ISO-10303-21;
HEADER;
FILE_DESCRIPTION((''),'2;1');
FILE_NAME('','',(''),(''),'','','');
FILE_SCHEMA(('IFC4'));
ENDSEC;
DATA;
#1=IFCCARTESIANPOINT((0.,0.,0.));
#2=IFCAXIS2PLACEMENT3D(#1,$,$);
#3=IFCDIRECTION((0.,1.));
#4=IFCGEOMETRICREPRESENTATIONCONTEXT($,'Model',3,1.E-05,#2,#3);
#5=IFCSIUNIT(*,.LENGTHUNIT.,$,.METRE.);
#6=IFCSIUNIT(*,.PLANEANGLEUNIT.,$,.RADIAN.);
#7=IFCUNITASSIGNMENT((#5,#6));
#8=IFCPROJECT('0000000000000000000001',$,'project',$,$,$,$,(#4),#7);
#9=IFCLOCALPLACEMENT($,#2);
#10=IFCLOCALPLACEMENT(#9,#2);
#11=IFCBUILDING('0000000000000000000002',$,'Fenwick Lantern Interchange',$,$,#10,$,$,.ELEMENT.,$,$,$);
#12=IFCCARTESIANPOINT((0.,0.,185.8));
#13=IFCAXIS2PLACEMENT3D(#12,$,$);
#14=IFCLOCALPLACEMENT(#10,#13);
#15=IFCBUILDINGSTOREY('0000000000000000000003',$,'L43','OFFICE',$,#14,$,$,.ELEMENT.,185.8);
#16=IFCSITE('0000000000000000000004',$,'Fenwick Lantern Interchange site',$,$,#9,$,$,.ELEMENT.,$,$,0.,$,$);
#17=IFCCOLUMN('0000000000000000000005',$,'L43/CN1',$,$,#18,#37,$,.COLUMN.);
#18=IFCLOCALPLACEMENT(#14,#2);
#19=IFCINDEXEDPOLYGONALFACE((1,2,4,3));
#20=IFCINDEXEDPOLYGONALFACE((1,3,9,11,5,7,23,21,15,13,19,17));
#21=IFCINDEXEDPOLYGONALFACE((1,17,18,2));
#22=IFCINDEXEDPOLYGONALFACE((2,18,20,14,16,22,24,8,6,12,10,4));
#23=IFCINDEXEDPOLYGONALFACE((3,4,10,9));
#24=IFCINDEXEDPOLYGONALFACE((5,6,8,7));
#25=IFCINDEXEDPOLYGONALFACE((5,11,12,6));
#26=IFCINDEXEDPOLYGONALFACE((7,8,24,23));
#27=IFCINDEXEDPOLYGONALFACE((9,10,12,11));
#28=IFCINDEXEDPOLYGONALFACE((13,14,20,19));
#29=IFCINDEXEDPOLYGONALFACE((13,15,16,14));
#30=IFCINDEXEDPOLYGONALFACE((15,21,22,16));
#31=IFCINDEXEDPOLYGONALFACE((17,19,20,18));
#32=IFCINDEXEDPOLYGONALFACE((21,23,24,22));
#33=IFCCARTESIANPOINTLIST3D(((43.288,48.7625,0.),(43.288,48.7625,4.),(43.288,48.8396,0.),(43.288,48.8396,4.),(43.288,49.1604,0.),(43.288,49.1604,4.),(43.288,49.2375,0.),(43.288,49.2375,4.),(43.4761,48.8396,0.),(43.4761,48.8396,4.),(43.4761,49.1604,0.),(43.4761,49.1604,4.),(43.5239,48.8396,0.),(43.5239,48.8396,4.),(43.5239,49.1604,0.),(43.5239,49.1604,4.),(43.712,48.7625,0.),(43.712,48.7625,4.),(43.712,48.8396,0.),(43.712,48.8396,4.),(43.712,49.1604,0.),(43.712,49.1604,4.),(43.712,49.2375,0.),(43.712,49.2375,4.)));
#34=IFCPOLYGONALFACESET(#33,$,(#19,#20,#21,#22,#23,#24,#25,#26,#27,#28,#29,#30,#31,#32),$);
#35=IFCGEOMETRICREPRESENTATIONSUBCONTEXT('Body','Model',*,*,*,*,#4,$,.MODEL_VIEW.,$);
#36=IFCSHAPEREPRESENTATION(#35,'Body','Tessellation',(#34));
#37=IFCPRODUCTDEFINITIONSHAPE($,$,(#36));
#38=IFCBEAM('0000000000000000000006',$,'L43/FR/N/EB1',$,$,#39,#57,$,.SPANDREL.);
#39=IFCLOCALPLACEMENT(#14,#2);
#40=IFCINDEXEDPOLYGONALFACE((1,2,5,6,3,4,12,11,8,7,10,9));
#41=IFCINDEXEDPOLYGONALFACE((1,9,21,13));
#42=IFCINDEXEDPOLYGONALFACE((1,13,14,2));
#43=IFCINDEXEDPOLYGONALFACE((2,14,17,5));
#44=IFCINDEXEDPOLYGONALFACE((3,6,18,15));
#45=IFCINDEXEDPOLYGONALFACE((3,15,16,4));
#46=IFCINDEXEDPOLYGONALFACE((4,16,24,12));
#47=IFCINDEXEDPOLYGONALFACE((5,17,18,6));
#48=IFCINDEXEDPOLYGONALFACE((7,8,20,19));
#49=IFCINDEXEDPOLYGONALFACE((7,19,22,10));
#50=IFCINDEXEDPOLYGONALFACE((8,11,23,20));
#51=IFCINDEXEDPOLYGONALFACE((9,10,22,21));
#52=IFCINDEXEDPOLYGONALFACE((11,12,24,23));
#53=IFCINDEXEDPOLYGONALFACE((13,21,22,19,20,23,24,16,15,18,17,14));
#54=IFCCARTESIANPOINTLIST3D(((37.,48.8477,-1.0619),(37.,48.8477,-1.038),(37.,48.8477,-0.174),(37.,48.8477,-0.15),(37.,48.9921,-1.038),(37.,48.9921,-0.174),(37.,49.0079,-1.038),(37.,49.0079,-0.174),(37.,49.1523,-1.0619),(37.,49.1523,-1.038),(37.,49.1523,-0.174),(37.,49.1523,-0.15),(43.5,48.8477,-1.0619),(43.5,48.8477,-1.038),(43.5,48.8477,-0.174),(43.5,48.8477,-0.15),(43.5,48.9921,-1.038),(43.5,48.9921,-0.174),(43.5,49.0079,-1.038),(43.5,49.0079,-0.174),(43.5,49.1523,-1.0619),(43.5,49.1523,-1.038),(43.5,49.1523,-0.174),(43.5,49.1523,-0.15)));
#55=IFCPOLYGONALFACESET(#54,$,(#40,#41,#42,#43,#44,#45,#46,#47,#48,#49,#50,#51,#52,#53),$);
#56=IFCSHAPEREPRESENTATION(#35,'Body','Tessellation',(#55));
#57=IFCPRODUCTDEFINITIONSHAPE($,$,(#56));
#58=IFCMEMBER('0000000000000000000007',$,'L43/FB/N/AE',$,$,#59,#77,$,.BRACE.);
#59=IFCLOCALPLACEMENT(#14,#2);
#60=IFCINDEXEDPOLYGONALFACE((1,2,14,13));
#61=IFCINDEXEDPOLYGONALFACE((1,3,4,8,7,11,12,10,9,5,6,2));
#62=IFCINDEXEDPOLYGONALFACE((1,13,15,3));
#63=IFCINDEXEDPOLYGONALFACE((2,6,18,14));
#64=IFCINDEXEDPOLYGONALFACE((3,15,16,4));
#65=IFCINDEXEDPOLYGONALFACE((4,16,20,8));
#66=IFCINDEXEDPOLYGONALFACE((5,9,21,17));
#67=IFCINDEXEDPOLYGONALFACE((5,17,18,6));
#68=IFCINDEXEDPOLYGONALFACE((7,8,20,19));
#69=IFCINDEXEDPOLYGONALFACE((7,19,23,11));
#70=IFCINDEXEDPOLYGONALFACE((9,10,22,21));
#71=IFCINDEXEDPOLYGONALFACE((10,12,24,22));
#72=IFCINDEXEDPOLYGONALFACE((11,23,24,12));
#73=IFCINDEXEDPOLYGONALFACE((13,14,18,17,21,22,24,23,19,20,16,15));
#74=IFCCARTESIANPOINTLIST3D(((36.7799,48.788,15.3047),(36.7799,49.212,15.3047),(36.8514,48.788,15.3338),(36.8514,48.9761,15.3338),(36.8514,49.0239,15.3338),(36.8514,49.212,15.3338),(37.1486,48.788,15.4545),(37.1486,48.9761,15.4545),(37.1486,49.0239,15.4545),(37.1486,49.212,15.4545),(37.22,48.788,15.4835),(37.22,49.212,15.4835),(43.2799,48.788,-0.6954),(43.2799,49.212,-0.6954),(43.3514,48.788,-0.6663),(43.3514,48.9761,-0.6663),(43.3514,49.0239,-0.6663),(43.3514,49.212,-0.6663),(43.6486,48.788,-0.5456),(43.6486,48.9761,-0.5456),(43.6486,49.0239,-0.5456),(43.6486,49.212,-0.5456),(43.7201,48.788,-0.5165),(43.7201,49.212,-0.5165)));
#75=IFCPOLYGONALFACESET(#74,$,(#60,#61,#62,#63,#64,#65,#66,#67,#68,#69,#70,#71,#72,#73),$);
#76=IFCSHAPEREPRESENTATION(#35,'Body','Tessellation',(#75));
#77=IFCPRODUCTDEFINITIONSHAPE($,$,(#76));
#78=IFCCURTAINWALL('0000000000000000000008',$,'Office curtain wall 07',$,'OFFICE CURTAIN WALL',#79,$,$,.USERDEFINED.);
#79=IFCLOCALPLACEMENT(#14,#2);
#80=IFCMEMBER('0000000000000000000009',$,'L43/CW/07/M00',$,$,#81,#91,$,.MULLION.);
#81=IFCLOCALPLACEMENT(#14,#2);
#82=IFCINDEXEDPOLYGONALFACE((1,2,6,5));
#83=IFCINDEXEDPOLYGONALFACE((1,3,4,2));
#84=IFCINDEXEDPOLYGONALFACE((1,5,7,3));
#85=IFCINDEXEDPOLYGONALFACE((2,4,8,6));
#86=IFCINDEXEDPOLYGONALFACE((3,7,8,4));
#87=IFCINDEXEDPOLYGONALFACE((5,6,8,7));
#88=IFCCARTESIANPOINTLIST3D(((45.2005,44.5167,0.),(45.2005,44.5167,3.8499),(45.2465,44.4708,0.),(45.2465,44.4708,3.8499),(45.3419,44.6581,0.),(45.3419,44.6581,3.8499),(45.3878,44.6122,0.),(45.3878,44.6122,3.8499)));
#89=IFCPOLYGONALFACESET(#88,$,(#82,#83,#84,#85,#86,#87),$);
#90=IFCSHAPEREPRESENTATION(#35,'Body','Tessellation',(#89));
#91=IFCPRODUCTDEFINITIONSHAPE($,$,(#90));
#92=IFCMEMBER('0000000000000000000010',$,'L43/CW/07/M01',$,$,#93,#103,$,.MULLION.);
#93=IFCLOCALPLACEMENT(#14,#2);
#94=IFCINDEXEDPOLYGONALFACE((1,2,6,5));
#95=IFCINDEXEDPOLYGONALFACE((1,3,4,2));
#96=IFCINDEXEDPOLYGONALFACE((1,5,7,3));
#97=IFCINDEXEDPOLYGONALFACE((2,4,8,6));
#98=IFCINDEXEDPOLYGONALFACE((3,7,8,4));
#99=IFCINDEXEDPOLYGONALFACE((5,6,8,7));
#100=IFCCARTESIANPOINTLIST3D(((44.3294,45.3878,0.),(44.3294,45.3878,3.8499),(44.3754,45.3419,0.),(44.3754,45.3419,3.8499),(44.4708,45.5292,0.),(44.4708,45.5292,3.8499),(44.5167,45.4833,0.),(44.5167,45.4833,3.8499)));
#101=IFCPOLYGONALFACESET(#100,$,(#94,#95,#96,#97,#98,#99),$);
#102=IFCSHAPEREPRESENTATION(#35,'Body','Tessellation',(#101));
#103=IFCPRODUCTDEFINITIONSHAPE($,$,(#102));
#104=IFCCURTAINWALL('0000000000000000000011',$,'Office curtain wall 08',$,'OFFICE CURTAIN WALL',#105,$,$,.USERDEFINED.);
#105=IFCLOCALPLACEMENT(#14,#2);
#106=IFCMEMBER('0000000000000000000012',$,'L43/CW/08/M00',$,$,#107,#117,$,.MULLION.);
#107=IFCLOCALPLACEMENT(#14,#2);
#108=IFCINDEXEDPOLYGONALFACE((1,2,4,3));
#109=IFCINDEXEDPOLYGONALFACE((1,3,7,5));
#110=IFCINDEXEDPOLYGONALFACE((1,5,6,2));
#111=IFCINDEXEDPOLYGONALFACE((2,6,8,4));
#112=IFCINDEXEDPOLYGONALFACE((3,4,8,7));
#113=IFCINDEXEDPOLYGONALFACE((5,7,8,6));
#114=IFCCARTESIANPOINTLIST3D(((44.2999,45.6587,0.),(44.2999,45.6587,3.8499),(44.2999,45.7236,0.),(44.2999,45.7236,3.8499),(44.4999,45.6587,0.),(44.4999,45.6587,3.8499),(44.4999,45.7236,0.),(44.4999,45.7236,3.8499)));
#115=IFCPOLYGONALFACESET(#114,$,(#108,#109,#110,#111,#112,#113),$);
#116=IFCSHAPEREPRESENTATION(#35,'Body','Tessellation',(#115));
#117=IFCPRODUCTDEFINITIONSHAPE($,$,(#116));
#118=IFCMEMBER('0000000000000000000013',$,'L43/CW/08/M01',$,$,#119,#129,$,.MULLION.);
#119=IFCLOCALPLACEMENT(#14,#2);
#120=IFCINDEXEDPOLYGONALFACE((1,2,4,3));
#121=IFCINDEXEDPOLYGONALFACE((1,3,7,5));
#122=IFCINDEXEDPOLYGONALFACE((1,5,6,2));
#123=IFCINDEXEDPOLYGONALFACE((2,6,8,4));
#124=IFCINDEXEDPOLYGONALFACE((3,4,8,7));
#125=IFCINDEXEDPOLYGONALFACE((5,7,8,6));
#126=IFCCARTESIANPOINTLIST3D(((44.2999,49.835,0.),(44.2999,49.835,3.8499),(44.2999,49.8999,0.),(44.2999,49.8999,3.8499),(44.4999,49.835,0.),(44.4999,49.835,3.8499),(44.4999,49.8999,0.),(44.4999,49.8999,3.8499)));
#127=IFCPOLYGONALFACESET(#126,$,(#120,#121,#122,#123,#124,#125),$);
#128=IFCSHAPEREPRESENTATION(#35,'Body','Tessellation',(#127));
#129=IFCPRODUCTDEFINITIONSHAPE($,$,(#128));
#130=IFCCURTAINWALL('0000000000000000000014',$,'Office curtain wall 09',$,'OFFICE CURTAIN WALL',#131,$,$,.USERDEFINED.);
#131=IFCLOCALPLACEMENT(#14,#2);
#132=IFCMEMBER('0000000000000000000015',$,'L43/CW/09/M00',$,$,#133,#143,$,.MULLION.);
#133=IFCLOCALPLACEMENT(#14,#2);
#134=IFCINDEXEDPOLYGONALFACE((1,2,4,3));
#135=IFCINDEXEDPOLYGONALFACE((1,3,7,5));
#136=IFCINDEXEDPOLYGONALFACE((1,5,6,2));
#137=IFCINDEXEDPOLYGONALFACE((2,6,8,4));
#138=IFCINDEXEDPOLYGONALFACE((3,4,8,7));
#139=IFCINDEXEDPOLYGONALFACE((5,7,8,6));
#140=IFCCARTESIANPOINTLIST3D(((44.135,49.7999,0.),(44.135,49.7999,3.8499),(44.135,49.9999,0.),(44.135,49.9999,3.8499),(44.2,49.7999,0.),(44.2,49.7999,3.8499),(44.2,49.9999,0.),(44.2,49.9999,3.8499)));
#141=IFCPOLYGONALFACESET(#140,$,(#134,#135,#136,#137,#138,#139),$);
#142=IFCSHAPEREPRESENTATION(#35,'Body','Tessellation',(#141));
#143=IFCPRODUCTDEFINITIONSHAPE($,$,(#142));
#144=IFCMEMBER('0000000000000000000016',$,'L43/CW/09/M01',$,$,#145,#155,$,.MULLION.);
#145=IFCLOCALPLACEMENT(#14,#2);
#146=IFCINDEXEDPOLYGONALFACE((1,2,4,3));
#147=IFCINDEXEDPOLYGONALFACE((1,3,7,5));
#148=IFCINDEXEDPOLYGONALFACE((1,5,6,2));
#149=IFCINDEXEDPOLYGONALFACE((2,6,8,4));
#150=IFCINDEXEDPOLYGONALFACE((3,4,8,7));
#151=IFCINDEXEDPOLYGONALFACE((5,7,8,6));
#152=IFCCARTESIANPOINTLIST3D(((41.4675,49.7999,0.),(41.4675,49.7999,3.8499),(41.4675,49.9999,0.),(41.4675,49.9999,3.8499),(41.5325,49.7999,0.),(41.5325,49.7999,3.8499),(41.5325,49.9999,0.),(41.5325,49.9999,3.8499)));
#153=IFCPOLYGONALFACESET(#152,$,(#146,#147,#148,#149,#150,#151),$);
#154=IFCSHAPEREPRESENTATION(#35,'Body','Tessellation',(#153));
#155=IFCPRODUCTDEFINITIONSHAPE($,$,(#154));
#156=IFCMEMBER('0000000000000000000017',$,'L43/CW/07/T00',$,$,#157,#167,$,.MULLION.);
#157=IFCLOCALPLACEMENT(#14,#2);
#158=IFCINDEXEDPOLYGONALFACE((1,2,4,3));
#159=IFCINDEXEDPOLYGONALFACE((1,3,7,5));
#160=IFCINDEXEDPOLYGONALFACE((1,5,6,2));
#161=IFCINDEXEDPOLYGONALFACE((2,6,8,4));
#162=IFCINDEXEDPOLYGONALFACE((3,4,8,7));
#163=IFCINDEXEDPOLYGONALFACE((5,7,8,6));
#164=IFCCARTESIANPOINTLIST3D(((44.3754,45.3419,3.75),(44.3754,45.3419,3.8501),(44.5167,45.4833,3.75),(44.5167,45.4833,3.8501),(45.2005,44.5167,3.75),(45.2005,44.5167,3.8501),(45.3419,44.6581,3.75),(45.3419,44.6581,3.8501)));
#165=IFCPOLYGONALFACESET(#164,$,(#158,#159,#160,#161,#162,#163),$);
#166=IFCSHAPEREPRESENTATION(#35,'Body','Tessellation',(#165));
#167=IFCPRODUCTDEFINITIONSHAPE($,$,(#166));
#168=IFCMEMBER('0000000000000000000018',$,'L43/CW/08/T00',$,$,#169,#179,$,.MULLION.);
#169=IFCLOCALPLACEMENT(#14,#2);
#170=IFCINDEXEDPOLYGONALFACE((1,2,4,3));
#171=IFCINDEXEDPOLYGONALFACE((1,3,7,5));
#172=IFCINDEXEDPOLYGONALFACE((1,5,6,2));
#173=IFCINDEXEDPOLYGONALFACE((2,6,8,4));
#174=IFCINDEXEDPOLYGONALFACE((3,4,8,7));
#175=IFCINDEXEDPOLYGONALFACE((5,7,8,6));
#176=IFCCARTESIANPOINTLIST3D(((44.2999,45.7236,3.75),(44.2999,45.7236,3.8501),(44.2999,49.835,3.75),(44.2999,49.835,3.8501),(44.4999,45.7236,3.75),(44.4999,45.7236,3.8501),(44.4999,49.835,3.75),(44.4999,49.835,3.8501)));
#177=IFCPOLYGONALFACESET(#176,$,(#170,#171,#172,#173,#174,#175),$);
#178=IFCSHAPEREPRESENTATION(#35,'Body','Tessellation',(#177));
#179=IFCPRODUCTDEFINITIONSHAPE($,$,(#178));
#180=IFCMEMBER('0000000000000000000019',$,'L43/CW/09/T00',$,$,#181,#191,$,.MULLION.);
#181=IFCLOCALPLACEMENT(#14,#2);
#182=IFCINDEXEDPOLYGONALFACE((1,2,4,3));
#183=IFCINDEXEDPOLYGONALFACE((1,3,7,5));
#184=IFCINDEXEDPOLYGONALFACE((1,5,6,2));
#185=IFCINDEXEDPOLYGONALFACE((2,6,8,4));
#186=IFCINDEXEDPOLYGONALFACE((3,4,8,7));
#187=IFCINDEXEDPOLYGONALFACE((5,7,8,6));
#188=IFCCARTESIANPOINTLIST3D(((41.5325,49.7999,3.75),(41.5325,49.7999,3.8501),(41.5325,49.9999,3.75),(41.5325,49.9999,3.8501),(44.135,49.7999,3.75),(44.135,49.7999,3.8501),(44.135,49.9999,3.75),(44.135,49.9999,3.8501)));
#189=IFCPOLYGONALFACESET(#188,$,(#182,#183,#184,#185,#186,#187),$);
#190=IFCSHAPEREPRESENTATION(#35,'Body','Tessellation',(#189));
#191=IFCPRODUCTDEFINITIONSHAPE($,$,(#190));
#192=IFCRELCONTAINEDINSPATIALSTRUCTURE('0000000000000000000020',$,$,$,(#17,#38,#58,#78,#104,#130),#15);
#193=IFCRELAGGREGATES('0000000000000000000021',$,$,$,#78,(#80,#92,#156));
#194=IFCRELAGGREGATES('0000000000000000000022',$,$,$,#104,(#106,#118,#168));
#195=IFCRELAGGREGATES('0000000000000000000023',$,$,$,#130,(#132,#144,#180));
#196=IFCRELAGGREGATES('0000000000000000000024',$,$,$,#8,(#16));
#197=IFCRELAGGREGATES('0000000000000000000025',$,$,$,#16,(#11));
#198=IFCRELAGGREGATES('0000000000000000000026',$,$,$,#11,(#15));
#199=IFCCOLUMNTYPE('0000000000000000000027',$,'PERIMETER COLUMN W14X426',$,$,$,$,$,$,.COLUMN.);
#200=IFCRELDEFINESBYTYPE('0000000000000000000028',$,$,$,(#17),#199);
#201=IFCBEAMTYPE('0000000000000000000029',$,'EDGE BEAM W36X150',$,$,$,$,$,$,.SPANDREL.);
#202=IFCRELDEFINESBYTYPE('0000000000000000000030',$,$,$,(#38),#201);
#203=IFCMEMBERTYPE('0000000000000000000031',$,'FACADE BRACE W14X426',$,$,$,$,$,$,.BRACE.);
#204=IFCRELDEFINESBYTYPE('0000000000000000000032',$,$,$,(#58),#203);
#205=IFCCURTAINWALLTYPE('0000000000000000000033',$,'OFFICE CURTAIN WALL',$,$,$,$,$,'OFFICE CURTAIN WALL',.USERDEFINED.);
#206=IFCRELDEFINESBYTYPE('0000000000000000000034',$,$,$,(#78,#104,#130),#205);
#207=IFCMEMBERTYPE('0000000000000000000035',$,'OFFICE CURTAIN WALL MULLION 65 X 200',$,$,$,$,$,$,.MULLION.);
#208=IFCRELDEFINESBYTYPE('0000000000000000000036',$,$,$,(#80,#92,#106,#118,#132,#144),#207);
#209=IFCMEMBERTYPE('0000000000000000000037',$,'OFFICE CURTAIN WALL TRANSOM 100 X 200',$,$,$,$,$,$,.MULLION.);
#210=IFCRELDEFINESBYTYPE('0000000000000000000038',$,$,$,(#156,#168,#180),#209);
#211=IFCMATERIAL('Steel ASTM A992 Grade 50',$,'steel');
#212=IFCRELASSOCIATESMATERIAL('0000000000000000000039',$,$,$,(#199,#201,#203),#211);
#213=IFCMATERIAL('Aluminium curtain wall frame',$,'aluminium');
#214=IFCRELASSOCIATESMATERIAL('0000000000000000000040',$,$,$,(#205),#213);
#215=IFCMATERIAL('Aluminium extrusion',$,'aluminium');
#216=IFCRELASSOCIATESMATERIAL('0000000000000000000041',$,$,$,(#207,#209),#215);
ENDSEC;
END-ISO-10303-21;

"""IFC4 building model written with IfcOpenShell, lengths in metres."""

from ifc_helpers import new_model, si_unit, direction, frame, origin, origin_2d, place, context, subcontext, project, spatial, rectangle, i_section, extrude, material, material_profile, profile_set, type_object, element, aggregate, save


model = new_model("IFC4")

# Units and contexts
model_context = context("Model", 3, precision=1e-05, world=origin(), true_north=direction((0.0, 1.0)))
body_context = subcontext(model_context, "Body", "Model", "MODEL_VIEW")
ifc_project = project(units=[si_unit("LENGTHUNIT", "METRE"), si_unit("PLANEANGLEUNIT", "RADIAN")], contexts=[model_context])

# Site, building, storey
site_placement = place(None, origin())
site = spatial("IfcSite", under=ifc_project, at=site_placement, Name="Fenwick Lantern Interchange site", CompositionType="ELEMENT", RefElevation=0.0)
building_placement = place(site_placement, origin())
building = spatial("IfcBuilding", under=site, at=building_placement, Name="Fenwick Lantern Interchange", CompositionType="ELEMENT")
storey_placement = place(building_placement, frame((0.0, 0.0, 185.8)))
storey = spatial("IfcBuildingStorey", under=building, at=storey_placement, Name="L43", Description="OFFICE", CompositionType="ELEMENT", Elevation=185.8)

# Column
ifc_material_1 = material(Name="Steel ASTM A992 Grade 50", Category="steel")
ifc_material_profile_1 = material_profile(ifc_material_1, i_section(OverallWidth=0.4241, OverallDepth=0.4751, WebThickness=0.0479, FlangeThickness=0.0771, at=origin_2d()), Name="W14X426")
ifc_profile_set_1 = profile_set([ifc_material_profile_1], Name="Steel ASTM A992 Grade 50")
column_type = type_object("IfcColumnType", Name="PERIMETER COLUMN W14X426", PredefinedType="COLUMN", material=ifc_profile_set_1)
column_placement = place(storey_placement, frame((43.5, 49.0, 0.0), z_axis=(0.0, 0.0, 1.0), x_axis=(1.0, 0.0, 0.0)))
element("IfcColumn", 1, at=column_placement, inside=storey, type_object=column_type, Name="L43/CN1", PredefinedType="COLUMN", context=body_context, shape_type="SweptSolid", body=[
    extrude(i_section(OverallWidth=0.4241, OverallDepth=0.4751, WebThickness=0.0479, FlangeThickness=0.0771, at=origin_2d()), origin(), (0.0, 0.0, 1.0), 4.0),
])

# Beam
ifc_material_profile_2 = material_profile(ifc_material_1, i_section(OverallWidth=0.3047, OverallDepth=0.9119, WebThickness=0.0159, FlangeThickness=0.0239, at=origin_2d()), Name="W36X150")
ifc_profile_set_2 = profile_set([ifc_material_profile_2], Name="Steel ASTM A992 Grade 50")
beam_type = type_object("IfcBeamType", Name="EDGE BEAM W36X150", PredefinedType="SPANDREL", material=ifc_profile_set_2)
beam_placement = place(storey_placement, frame((43.5, 49.0, -0.606), z_axis=(-1.0, 0.0, 0.0), x_axis=(0.0, -1.0, 0.0)))
element("IfcBeam", 2, at=beam_placement, inside=storey, type_object=beam_type, Name="L43/FR/N/EB1", PredefinedType="SPANDREL", context=body_context, shape_type="SweptSolid", body=[
    extrude(i_section(OverallWidth=0.3047, OverallDepth=0.9119, WebThickness=0.0159, FlangeThickness=0.0239, at=origin_2d()), origin(), (0.0, 0.0, 1.0), 6.5),
])

# Member
ifc_material_profile_3 = material_profile(ifc_material_1, i_section(OverallWidth=0.4241, OverallDepth=0.4751, WebThickness=0.0479, FlangeThickness=0.0771, at=origin_2d()), Name="W14X426")
ifc_profile_set_3 = profile_set([ifc_material_profile_3], Name="Steel ASTM A992 Grade 50")
member_type_1 = type_object("IfcMemberType", Name="FACADE BRACE W14X426", PredefinedType="BRACE", material=ifc_profile_set_3)
member_1_placement = place(storey_placement, frame((43.5, 49.0, -0.606), z_axis=(-0.376377, 0.0, 0.926467), x_axis=(0.0, -1.0, 0.0)))
element("IfcMember", 3, at=member_1_placement, inside=storey, type_object=member_type_1, Name="L43/FB/N/AE", PredefinedType="BRACE", context=body_context, shape_type="SweptSolid", body=[
    extrude(i_section(OverallWidth=0.4241, OverallDepth=0.4751, WebThickness=0.0479, FlangeThickness=0.0771, at=origin_2d()), origin(), (0.0, 0.0, 1.0), 17.27),
])

# Curtain walls, members
ifc_material_2 = material(Name="Aluminium curtain wall frame", Category="aluminium")
curtain_wall_type = type_object("IfcCurtainWallType", Name="OFFICE CURTAIN WALL", ElementType="OFFICE CURTAIN WALL", PredefinedType="USERDEFINED", material=ifc_material_2)
curtain_wall_1_placement = place(storey_placement, origin())
curtain_wall_1 = element("IfcCurtainWall", 4, at=curtain_wall_1_placement, inside=storey, type_object=curtain_wall_type, Name="Office curtain wall 07", ObjectType="OFFICE CURTAIN WALL", PredefinedType="USERDEFINED")
ifc_material_3 = material(Name="Aluminium extrusion", Category="aluminium")
ifc_material_profile_4 = material_profile(ifc_material_3, rectangle(XDim=0.2, YDim=0.0649, at=origin_2d()), Name="OFFICE CURTAIN WALL MULLION 65 X 200")
ifc_profile_set_4 = profile_set([ifc_material_profile_4], Name="Aluminium extrusion")
member_type_2 = type_object("IfcMemberType", Name="OFFICE CURTAIN WALL MULLION 65 X 200", PredefinedType="MULLION", material=ifc_profile_set_4)
member_2_placement = place(storey_placement, frame((45.2942, 44.5645, 0.0), z_axis=(0.0, 0.0, 1.0), x_axis=(-0.707107, -0.707107, 0.0)))
member_2 = element("IfcMember", 5, at=member_2_placement, type_object=member_type_2, Name="L43/CW/07/M00", PredefinedType="MULLION", context=body_context, shape_type="SweptSolid", body=[
    extrude(rectangle(XDim=0.2, YDim=0.0649, at=origin_2d()), origin(), (0.0, 0.0, 1.0), 3.8499),
])
member_3_placement = place(storey_placement, frame((44.4231, 45.4355, 0.0), z_axis=(0.0, 0.0, 1.0), x_axis=(-0.707107, -0.707107, 0.0)))
member_3 = element("IfcMember", 6, at=member_3_placement, type_object=member_type_2, Name="L43/CW/07/M01", PredefinedType="MULLION", context=body_context, shape_type="SweptSolid", body=[
    extrude(rectangle(XDim=0.2, YDim=0.0649, at=origin_2d()), origin(), (0.0, 0.0, 1.0), 3.8499),
])
curtain_wall_2_placement = place(storey_placement, origin())
curtain_wall_2 = element("IfcCurtainWall", 7, at=curtain_wall_2_placement, inside=storey, type_object=curtain_wall_type, Name="Office curtain wall 08", ObjectType="OFFICE CURTAIN WALL", PredefinedType="USERDEFINED")
member_4_placement = place(storey_placement, frame((44.3999, 45.6912, 0.0), z_axis=(0.0, 0.0, 1.0), x_axis=(-1.0, 0.0, 0.0)))
member_4 = element("IfcMember", 8, at=member_4_placement, type_object=member_type_2, Name="L43/CW/08/M00", PredefinedType="MULLION", context=body_context, shape_type="SweptSolid", body=[
    extrude(rectangle(XDim=0.2, YDim=0.0649, at=origin_2d()), origin(), (0.0, 0.0, 1.0), 3.8499),
])
member_5_placement = place(storey_placement, frame((44.3999, 49.8674, 0.0), z_axis=(0.0, 0.0, 1.0), x_axis=(-1.0, 0.0, 0.0)))
member_5 = element("IfcMember", 9, at=member_5_placement, type_object=member_type_2, Name="L43/CW/08/M01", PredefinedType="MULLION", context=body_context, shape_type="SweptSolid", body=[
    extrude(rectangle(XDim=0.2, YDim=0.0649, at=origin_2d()), origin(), (0.0, 0.0, 1.0), 3.8499),
])
curtain_wall_3_placement = place(storey_placement, origin())
curtain_wall_3 = element("IfcCurtainWall", 10, at=curtain_wall_3_placement, inside=storey, type_object=curtain_wall_type, Name="Office curtain wall 09", ObjectType="OFFICE CURTAIN WALL", PredefinedType="USERDEFINED")
member_6_placement = place(storey_placement, frame((44.1675, 49.8999, 0.0), z_axis=(0.0, 0.0, 1.0), x_axis=(0.0, -1.0, 0.0)))
member_6 = element("IfcMember", 11, at=member_6_placement, type_object=member_type_2, Name="L43/CW/09/M00", PredefinedType="MULLION", context=body_context, shape_type="SweptSolid", body=[
    extrude(rectangle(XDim=0.2, YDim=0.0649, at=origin_2d()), origin(), (0.0, 0.0, 1.0), 3.8499),
])
member_7_placement = place(storey_placement, frame((41.5, 49.8999, 0.0), z_axis=(0.0, 0.0, 1.0), x_axis=(0.0, -1.0, 0.0)))
member_7 = element("IfcMember", 12, at=member_7_placement, type_object=member_type_2, Name="L43/CW/09/M01", PredefinedType="MULLION", context=body_context, shape_type="SweptSolid", body=[
    extrude(rectangle(XDim=0.2, YDim=0.0649, at=origin_2d()), origin(), (0.0, 0.0, 1.0), 3.8499),
])

# Members
ifc_material_profile_5 = material_profile(ifc_material_3, rectangle(XDim=0.2, YDim=0.1001, at=origin_2d()), Name="OFFICE CURTAIN WALL TRANSOM 100 X 200")
ifc_profile_set_5 = profile_set([ifc_material_profile_5], Name="Aluminium extrusion")
member_type_3 = type_object("IfcMemberType", Name="OFFICE CURTAIN WALL TRANSOM 100 X 200", PredefinedType="MULLION", material=ifc_profile_set_5)
member_8_placement = place(storey_placement, frame((45.2712, 44.5874, 3.8), z_axis=(-0.707107, 0.707107, 0.0), x_axis=(-0.707107, -0.707107, 0.0)))
member_8 = element("IfcMember", 13, at=member_8_placement, type_object=member_type_3, Name="L43/CW/07/T00", PredefinedType="MULLION", context=body_context, shape_type="SweptSolid", body=[
    extrude(rectangle(XDim=0.2, YDim=0.1001, at=origin_2d()), origin(), (0.0, 0.0, 1.0), 1.167),
])
member_9_placement = place(storey_placement, frame((44.3999, 45.7236, 3.8), z_axis=(0.0, 1.0, 0.0), x_axis=(-1.0, 0.0, 0.0)))
member_9 = element("IfcMember", 14, at=member_9_placement, type_object=member_type_3, Name="L43/CW/08/T00", PredefinedType="MULLION", context=body_context, shape_type="SweptSolid", body=[
    extrude(rectangle(XDim=0.2, YDim=0.1001, at=origin_2d()), origin(), (0.0, 0.0, 1.0), 4.1113),
])
member_10_placement = place(storey_placement, frame((44.135, 49.8999, 3.8), z_axis=(-1.0, 0.0, 0.0), x_axis=(0.0, -1.0, 0.0)))
member_10 = element("IfcMember", 15, at=member_10_placement, type_object=member_type_3, Name="L43/CW/09/T00", PredefinedType="MULLION", context=body_context, shape_type="SweptSolid", body=[
    extrude(rectangle(XDim=0.2, YDim=0.1001, at=origin_2d()), origin(), (0.0, 0.0, 1.0), 2.6025),
])

aggregate(curtain_wall_1, [member_2, member_3, member_8])
aggregate(curtain_wall_2, [member_4, member_5, member_9])
aggregate(curtain_wall_3, [member_6, member_7, member_10])

save(model, "model.ifc")
